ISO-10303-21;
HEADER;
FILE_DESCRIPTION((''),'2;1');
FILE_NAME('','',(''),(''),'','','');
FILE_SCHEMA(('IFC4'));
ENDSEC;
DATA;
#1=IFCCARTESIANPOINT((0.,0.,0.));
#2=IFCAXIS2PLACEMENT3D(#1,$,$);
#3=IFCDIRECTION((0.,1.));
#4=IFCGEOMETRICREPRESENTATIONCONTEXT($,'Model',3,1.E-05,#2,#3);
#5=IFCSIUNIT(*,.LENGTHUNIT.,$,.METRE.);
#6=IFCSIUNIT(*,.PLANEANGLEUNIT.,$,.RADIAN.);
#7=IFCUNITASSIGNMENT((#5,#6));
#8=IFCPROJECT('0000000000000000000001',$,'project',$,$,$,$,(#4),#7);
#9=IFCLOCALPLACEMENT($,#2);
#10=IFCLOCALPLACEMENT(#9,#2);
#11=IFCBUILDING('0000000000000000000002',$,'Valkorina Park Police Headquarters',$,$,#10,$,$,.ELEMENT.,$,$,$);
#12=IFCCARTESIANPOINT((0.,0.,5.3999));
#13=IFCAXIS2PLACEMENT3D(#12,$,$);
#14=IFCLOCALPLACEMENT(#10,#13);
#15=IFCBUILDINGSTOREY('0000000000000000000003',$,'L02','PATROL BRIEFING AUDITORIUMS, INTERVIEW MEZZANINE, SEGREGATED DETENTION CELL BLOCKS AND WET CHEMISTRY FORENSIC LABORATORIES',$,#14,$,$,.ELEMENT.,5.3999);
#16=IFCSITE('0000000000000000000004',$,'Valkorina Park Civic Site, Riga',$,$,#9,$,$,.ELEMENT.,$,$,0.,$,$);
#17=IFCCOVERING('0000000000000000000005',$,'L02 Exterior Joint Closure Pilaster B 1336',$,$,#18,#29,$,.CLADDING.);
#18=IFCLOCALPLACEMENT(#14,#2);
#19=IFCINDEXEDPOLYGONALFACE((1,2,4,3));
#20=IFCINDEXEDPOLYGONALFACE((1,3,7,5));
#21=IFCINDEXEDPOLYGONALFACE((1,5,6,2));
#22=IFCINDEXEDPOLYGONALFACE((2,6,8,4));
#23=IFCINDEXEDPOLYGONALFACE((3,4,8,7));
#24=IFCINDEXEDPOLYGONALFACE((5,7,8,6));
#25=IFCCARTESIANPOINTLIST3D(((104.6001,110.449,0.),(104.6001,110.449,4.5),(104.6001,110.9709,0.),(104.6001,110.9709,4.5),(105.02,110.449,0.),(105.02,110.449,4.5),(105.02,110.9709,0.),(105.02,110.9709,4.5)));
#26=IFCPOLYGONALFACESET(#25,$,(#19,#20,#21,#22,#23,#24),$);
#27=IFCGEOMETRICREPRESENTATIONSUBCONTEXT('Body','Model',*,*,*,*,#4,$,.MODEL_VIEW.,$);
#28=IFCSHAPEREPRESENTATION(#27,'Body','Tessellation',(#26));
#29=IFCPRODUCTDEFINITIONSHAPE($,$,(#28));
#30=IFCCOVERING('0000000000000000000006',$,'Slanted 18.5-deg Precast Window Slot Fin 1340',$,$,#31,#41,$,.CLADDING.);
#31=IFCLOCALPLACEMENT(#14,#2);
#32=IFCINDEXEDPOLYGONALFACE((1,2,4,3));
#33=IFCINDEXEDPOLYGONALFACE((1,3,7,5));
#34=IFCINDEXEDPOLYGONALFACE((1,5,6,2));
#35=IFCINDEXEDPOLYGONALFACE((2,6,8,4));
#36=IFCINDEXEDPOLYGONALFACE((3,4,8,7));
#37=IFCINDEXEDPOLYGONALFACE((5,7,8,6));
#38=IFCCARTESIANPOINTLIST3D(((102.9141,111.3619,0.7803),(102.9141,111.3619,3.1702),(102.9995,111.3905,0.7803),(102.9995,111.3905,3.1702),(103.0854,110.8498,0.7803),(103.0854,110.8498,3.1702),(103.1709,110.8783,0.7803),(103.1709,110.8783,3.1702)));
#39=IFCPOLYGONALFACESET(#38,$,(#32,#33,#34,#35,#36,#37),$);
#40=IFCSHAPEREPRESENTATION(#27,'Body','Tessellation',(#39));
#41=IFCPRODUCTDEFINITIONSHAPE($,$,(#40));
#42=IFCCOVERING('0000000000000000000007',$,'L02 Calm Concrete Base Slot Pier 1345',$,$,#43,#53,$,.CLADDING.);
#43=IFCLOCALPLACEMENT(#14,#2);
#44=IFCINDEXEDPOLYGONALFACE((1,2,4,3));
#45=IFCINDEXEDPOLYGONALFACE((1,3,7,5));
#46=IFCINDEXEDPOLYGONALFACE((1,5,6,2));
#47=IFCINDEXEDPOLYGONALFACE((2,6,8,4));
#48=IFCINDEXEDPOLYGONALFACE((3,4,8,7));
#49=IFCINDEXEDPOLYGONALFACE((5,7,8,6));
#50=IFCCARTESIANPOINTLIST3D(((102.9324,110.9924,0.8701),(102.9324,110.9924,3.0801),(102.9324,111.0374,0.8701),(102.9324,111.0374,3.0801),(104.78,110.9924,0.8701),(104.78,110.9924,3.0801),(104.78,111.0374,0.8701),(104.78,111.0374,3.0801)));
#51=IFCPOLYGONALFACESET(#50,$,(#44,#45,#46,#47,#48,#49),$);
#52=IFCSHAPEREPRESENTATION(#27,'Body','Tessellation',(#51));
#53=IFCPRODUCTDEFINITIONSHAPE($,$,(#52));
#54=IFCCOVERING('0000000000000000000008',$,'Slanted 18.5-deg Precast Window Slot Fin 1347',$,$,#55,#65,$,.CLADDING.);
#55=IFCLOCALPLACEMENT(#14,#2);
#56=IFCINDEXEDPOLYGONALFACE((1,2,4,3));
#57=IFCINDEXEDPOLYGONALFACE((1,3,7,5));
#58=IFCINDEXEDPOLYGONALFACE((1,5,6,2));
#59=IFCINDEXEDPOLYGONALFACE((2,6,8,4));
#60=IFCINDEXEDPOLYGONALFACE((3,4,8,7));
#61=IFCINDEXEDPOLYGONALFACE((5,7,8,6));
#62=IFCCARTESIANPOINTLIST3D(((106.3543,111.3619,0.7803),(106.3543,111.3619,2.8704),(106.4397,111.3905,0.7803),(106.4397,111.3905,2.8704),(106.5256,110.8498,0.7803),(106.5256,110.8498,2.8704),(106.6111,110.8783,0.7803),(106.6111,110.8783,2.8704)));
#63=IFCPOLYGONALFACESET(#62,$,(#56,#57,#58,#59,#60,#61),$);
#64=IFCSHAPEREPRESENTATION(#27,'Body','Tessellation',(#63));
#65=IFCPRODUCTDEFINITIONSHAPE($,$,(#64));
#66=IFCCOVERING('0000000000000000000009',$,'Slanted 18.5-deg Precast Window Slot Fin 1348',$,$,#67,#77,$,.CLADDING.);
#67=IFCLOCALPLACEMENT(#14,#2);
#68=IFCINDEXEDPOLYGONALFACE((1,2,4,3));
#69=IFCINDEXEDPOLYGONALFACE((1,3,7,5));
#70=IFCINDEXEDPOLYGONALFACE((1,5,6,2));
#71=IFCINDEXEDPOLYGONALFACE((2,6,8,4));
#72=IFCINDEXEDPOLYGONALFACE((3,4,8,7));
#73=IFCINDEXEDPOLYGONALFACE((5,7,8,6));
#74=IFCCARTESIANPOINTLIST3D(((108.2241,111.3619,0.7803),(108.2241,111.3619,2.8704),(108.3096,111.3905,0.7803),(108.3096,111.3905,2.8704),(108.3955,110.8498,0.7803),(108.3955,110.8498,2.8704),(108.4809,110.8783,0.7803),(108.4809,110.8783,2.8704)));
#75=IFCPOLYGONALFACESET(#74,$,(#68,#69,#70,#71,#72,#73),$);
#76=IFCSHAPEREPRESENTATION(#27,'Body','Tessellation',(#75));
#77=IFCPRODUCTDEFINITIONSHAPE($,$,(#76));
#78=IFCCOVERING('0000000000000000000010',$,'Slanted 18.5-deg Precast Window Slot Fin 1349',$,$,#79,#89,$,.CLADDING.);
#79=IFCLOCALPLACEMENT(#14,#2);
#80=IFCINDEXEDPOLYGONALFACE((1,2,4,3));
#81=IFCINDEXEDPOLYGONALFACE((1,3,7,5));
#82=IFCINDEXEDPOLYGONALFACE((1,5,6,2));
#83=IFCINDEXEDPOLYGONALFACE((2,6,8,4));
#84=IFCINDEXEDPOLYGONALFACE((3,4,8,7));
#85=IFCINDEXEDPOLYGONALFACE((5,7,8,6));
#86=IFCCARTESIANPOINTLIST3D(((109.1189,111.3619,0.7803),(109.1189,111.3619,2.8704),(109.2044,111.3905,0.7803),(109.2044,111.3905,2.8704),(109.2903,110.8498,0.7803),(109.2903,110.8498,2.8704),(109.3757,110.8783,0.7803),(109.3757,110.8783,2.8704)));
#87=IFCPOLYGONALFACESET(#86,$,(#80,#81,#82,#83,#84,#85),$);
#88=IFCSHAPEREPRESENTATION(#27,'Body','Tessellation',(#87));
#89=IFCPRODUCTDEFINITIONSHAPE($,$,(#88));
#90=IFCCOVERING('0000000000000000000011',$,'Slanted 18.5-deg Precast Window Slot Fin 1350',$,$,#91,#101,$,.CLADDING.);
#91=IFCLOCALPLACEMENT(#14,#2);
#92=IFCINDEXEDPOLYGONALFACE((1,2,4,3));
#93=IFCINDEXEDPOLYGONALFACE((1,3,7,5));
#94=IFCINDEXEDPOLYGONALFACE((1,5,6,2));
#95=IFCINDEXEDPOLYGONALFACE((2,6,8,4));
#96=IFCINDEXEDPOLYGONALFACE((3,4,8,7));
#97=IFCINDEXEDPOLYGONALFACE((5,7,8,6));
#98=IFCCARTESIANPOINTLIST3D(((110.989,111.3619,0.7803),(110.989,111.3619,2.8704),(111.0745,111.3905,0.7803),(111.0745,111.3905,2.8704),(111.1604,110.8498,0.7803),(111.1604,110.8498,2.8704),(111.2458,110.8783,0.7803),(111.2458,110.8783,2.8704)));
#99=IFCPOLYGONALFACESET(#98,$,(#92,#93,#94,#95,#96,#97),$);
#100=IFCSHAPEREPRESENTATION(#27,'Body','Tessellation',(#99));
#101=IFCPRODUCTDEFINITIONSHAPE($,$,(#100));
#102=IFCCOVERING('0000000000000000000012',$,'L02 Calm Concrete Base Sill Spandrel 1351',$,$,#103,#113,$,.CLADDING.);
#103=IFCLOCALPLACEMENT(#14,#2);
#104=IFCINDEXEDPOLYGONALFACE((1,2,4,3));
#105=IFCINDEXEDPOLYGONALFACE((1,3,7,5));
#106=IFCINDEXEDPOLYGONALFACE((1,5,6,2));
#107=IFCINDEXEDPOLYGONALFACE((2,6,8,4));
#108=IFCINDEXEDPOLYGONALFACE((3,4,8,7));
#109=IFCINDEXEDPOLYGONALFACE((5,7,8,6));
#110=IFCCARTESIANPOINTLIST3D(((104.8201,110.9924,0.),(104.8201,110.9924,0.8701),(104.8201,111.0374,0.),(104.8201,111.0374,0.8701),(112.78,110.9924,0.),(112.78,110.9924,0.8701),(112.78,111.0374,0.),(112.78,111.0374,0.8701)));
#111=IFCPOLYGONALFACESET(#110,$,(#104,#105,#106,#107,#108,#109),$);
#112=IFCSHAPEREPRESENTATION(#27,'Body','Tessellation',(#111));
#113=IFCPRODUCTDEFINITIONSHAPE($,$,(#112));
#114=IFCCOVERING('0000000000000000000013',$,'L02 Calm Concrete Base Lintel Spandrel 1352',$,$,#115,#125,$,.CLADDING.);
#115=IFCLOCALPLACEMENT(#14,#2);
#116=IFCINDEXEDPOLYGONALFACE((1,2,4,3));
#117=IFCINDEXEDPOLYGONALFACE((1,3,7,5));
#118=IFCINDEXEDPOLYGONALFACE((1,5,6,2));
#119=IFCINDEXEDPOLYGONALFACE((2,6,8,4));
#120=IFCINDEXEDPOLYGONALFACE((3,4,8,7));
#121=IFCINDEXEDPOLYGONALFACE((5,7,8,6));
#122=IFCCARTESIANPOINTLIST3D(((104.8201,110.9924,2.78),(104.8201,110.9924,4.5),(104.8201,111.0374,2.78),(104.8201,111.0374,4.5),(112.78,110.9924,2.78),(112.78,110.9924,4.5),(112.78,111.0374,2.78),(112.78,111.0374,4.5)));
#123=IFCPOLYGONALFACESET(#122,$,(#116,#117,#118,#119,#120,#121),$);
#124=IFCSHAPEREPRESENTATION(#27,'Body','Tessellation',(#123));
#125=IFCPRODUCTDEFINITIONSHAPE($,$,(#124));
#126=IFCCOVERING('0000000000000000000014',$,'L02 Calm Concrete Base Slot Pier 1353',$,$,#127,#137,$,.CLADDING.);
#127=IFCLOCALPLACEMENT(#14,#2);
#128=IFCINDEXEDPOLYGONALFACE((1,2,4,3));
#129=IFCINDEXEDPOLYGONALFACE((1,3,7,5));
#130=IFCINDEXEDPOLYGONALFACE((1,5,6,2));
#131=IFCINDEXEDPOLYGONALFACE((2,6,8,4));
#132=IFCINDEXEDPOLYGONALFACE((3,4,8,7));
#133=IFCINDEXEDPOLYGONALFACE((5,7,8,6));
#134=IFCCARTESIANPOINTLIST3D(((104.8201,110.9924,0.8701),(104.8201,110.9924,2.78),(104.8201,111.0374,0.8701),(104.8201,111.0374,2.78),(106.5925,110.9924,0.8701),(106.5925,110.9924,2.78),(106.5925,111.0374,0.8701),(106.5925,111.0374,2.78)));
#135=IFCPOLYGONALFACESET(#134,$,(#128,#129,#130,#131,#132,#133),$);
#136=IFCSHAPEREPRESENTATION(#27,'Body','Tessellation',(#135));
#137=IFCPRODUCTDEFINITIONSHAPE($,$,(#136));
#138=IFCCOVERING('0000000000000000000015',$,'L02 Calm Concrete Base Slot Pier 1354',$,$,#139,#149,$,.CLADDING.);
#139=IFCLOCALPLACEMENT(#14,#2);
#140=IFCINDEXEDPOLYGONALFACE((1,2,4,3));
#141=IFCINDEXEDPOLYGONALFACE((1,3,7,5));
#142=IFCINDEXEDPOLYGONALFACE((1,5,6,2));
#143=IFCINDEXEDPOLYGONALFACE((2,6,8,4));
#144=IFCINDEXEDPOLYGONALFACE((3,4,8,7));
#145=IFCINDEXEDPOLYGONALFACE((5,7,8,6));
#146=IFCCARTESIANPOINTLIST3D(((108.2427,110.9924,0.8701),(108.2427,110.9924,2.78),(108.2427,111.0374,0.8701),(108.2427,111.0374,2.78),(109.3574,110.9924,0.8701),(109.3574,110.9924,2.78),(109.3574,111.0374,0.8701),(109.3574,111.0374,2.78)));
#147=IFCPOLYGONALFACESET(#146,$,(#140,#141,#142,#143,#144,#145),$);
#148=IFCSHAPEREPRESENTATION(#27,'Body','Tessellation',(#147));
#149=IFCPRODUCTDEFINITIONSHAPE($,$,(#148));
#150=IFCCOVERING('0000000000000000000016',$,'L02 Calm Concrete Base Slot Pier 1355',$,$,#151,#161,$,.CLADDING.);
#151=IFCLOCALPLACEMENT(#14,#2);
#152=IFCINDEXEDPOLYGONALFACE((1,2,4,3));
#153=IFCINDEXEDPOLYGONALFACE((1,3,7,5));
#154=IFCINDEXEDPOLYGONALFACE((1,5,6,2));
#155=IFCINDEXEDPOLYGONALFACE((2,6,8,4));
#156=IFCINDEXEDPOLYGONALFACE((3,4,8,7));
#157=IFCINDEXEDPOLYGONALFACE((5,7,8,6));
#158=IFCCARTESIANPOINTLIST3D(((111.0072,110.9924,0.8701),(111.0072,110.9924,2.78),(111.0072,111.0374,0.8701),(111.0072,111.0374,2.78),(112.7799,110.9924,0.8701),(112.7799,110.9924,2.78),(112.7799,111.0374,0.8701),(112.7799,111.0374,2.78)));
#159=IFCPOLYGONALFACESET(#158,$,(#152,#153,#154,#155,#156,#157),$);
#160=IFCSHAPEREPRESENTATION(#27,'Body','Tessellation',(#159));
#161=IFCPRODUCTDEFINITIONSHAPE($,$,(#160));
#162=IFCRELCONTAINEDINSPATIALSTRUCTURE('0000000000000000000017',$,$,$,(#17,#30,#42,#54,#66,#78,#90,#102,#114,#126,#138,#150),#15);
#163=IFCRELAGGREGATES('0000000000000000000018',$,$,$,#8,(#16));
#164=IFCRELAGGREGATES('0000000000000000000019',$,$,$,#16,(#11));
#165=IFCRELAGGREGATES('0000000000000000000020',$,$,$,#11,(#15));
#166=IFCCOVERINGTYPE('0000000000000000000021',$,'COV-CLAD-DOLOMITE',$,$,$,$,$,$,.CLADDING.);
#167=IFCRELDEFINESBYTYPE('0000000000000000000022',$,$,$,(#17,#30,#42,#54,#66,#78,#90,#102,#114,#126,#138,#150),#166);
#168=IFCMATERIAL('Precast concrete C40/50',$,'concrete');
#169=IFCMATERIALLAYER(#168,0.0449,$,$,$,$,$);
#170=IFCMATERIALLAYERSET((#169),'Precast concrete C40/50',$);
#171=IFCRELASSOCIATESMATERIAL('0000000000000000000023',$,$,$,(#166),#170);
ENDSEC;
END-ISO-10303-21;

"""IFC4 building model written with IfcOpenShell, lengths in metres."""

from ifc_helpers import new_model, si_unit, direction, frame, frame_2d, origin, origin_2d, place, context, subcontext, project, spatial, rectangle, extrude, material, layer, layer_set, type_object, element, save


model = new_model("IFC4")

# Units and contexts
model_context = context("Model", 3, precision=1e-05, world=origin(), true_north=direction((0.0, 1.0)))
body_context = subcontext(model_context, "Body", "Model", "MODEL_VIEW")
ifc_project = project(units=[si_unit("LENGTHUNIT", "METRE"), si_unit("PLANEANGLEUNIT", "RADIAN")], contexts=[model_context])

# Site, building, storey
site_placement = place(None, origin())
site = spatial("IfcSite", under=ifc_project, at=site_placement, Name="Valkorina Park Civic Site, Riga", CompositionType="ELEMENT", RefElevation=0.0)
building_placement = place(site_placement, origin())
building = spatial("IfcBuilding", under=site, at=building_placement, Name="Valkorina Park Police Headquarters", CompositionType="ELEMENT")
storey_placement = place(building_placement, frame((0.0, 0.0, 5.3999)))
storey = spatial("IfcBuildingStorey", under=building, at=storey_placement, Name="L02", Description="PATROL BRIEFING AUDITORIUMS, INTERVIEW MEZZANINE, SEGREGATED DETENTION CELL BLOCKS AND WET CHEMISTRY FORENSIC LABORATORIES", CompositionType="ELEMENT", Elevation=5.3999)

# Coverings
ifc_material_1 = material(Name="Precast concrete C40/50", Category="concrete")
ifc_layer_1 = layer(ifc_material_1, 0.0449)
ifc_layer_set_1 = layer_set([ifc_layer_1], Name="Precast concrete C40/50")
covering_type = type_object("IfcCoveringType", Name="COV-CLAD-DOLOMITE", PredefinedType="CLADDING", material=ifc_layer_set_1)
covering_1_placement = place(storey_placement, frame((104.8101, 110.71, 0.0), z_axis=(0.0, 0.0, 1.0), x_axis=(1.0, 0.0, 0.0)))
element("IfcCovering", 1, at=covering_1_placement, inside=storey, type_object=covering_type, Name="L02 Exterior Joint Closure Pilaster B 1336", PredefinedType="CLADDING", context=body_context, shape_type="SweptSolid", body=[
    extrude(rectangle(XDim=0.4199, YDim=0.522, at=origin_2d()), origin(), (0.0, 0.0, 1.0), 4.5),
])
covering_2_placement = place(storey_placement, frame((103.0425, 111.1201, 0.7803), z_axis=(0.0, 0.0, 1.0), x_axis=(-0.317305, 0.948324, 0.0)))
element("IfcCovering", 2, at=covering_2_placement, inside=storey, type_object=covering_type, Name="Slanted 18.5-deg Precast Window Slot Fin 1340", PredefinedType="CLADDING", context=body_context, shape_type="SweptSolid", body=[
    extrude(rectangle(XDim=0.54, YDim=0.0901, at=origin_2d()), origin(), (0.0, 0.0, 1.0), 2.3899),
])
covering_3_placement = place(storey_placement, frame((102.9324, 111.0149, 0.8701), z_axis=(0.0, 0.0, 1.0), x_axis=(1.0, 0.0, 0.0)))
element("IfcCovering", 3, at=covering_3_placement, inside=storey, type_object=covering_type, Name="L02 Calm Concrete Base Slot Pier 1345", PredefinedType="CLADDING", context=body_context, shape_type="SweptSolid", body=[
    extrude(rectangle(XDim=1.8477, YDim=0.0449, at=frame_2d((0.9238, 0.0))), origin(), (0.0, 0.0, 1.0), 2.21),
])
for number, where, z_axis, x_axis, name in (
    (4, (106.4827, 111.1201, 0.7803), (0.0, 0.0, 1.0), (-0.317305, 0.948324, 0.0), "Slanted 18.5-deg Precast Window Slot Fin 1347"),
    (5, (108.3525, 111.1201, 0.7803), (0.0, 0.0, 1.0), (-0.317305, 0.948324, 0.0), "Slanted 18.5-deg Precast Window Slot Fin 1348"),
    (6, (109.2473, 111.1201, 0.7803), (0.0, 0.0, 1.0), (-0.317305, 0.948324, 0.0), "Slanted 18.5-deg Precast Window Slot Fin 1349"),
    (7, (111.1174, 111.1201, 0.7803), (0.0, 0.0, 1.0), (-0.317305, 0.948324, 0.0), "Slanted 18.5-deg Precast Window Slot Fin 1350"),
):
    element("IfcCovering", number, at=place(storey_placement, frame(where, z_axis=z_axis, x_axis=x_axis)), inside=storey, type_object=covering_type, Name=name, PredefinedType="CLADDING", context=body_context, shape_type="SweptSolid", body=[
        extrude(rectangle(XDim=0.54, YDim=0.0901, at=origin_2d()), origin(), (0.0, 0.0, 1.0), 2.0901),
    ])
covering_4_placement = place(storey_placement, frame((104.8201, 111.0149, 0.0), z_axis=(0.0, 0.0, 1.0), x_axis=(1.0, 0.0, 0.0)))
element("IfcCovering", 8, at=covering_4_placement, inside=storey, type_object=covering_type, Name="L02 Calm Concrete Base Sill Spandrel 1351", PredefinedType="CLADDING", context=body_context, shape_type="SweptSolid", body=[
    extrude(rectangle(XDim=7.96, YDim=0.0449, at=frame_2d((3.98, 0.0))), origin(), (0.0, 0.0, 1.0), 0.8701),
])
covering_5_placement = place(storey_placement, frame((104.8201, 111.0149, 2.78), z_axis=(0.0, 0.0, 1.0), x_axis=(1.0, 0.0, 0.0)))
element("IfcCovering", 9, at=covering_5_placement, inside=storey, type_object=covering_type, Name="L02 Calm Concrete Base Lintel Spandrel 1352", PredefinedType="CLADDING", context=body_context, shape_type="SweptSolid", body=[
    extrude(rectangle(XDim=7.96, YDim=0.0449, at=frame_2d((3.98, 0.0))), origin(), (0.0, 0.0, 1.0), 1.72),
])
covering_6_placement = place(storey_placement, frame((104.8201, 111.0149, 0.8701), z_axis=(0.0, 0.0, 1.0), x_axis=(1.0, 0.0, 0.0)))
element("IfcCovering", 10, at=covering_6_placement, inside=storey, type_object=covering_type, Name="L02 Calm Concrete Base Slot Pier 1353", PredefinedType="CLADDING", context=body_context, shape_type="SweptSolid", body=[
    extrude(rectangle(XDim=1.7725, YDim=0.0449, at=frame_2d((0.8862, 0.0))), origin(), (0.0, 0.0, 1.0), 1.9099),
])
covering_7_placement = place(storey_placement, frame((108.2427, 111.0149, 0.8701), z_axis=(0.0, 0.0, 1.0), x_axis=(1.0, 0.0, 0.0)))
element("IfcCovering", 11, at=covering_7_placement, inside=storey, type_object=covering_type, Name="L02 Calm Concrete Base Slot Pier 1354", PredefinedType="CLADDING", context=body_context, shape_type="SweptSolid", body=[
    extrude(rectangle(XDim=1.1147, YDim=0.0449, at=frame_2d((0.5574, 0.0))), origin(), (0.0, 0.0, 1.0), 1.9099),
])
covering_8_placement = place(storey_placement, frame((111.0073, 111.0149, 0.8701), z_axis=(0.0, 0.0, 1.0), x_axis=(1.0, 0.0, 0.0)))
element("IfcCovering", 12, at=covering_8_placement, inside=storey, type_object=covering_type, Name="L02 Calm Concrete Base Slot Pier 1355", PredefinedType="CLADDING", context=body_context, shape_type="SweptSolid", body=[
    extrude(rectangle(XDim=1.7727, YDim=0.0449, at=frame_2d((0.8862, 0.0))), origin(), (0.0, 0.0, 1.0), 1.9099),
])

save(model, "model.ifc")
